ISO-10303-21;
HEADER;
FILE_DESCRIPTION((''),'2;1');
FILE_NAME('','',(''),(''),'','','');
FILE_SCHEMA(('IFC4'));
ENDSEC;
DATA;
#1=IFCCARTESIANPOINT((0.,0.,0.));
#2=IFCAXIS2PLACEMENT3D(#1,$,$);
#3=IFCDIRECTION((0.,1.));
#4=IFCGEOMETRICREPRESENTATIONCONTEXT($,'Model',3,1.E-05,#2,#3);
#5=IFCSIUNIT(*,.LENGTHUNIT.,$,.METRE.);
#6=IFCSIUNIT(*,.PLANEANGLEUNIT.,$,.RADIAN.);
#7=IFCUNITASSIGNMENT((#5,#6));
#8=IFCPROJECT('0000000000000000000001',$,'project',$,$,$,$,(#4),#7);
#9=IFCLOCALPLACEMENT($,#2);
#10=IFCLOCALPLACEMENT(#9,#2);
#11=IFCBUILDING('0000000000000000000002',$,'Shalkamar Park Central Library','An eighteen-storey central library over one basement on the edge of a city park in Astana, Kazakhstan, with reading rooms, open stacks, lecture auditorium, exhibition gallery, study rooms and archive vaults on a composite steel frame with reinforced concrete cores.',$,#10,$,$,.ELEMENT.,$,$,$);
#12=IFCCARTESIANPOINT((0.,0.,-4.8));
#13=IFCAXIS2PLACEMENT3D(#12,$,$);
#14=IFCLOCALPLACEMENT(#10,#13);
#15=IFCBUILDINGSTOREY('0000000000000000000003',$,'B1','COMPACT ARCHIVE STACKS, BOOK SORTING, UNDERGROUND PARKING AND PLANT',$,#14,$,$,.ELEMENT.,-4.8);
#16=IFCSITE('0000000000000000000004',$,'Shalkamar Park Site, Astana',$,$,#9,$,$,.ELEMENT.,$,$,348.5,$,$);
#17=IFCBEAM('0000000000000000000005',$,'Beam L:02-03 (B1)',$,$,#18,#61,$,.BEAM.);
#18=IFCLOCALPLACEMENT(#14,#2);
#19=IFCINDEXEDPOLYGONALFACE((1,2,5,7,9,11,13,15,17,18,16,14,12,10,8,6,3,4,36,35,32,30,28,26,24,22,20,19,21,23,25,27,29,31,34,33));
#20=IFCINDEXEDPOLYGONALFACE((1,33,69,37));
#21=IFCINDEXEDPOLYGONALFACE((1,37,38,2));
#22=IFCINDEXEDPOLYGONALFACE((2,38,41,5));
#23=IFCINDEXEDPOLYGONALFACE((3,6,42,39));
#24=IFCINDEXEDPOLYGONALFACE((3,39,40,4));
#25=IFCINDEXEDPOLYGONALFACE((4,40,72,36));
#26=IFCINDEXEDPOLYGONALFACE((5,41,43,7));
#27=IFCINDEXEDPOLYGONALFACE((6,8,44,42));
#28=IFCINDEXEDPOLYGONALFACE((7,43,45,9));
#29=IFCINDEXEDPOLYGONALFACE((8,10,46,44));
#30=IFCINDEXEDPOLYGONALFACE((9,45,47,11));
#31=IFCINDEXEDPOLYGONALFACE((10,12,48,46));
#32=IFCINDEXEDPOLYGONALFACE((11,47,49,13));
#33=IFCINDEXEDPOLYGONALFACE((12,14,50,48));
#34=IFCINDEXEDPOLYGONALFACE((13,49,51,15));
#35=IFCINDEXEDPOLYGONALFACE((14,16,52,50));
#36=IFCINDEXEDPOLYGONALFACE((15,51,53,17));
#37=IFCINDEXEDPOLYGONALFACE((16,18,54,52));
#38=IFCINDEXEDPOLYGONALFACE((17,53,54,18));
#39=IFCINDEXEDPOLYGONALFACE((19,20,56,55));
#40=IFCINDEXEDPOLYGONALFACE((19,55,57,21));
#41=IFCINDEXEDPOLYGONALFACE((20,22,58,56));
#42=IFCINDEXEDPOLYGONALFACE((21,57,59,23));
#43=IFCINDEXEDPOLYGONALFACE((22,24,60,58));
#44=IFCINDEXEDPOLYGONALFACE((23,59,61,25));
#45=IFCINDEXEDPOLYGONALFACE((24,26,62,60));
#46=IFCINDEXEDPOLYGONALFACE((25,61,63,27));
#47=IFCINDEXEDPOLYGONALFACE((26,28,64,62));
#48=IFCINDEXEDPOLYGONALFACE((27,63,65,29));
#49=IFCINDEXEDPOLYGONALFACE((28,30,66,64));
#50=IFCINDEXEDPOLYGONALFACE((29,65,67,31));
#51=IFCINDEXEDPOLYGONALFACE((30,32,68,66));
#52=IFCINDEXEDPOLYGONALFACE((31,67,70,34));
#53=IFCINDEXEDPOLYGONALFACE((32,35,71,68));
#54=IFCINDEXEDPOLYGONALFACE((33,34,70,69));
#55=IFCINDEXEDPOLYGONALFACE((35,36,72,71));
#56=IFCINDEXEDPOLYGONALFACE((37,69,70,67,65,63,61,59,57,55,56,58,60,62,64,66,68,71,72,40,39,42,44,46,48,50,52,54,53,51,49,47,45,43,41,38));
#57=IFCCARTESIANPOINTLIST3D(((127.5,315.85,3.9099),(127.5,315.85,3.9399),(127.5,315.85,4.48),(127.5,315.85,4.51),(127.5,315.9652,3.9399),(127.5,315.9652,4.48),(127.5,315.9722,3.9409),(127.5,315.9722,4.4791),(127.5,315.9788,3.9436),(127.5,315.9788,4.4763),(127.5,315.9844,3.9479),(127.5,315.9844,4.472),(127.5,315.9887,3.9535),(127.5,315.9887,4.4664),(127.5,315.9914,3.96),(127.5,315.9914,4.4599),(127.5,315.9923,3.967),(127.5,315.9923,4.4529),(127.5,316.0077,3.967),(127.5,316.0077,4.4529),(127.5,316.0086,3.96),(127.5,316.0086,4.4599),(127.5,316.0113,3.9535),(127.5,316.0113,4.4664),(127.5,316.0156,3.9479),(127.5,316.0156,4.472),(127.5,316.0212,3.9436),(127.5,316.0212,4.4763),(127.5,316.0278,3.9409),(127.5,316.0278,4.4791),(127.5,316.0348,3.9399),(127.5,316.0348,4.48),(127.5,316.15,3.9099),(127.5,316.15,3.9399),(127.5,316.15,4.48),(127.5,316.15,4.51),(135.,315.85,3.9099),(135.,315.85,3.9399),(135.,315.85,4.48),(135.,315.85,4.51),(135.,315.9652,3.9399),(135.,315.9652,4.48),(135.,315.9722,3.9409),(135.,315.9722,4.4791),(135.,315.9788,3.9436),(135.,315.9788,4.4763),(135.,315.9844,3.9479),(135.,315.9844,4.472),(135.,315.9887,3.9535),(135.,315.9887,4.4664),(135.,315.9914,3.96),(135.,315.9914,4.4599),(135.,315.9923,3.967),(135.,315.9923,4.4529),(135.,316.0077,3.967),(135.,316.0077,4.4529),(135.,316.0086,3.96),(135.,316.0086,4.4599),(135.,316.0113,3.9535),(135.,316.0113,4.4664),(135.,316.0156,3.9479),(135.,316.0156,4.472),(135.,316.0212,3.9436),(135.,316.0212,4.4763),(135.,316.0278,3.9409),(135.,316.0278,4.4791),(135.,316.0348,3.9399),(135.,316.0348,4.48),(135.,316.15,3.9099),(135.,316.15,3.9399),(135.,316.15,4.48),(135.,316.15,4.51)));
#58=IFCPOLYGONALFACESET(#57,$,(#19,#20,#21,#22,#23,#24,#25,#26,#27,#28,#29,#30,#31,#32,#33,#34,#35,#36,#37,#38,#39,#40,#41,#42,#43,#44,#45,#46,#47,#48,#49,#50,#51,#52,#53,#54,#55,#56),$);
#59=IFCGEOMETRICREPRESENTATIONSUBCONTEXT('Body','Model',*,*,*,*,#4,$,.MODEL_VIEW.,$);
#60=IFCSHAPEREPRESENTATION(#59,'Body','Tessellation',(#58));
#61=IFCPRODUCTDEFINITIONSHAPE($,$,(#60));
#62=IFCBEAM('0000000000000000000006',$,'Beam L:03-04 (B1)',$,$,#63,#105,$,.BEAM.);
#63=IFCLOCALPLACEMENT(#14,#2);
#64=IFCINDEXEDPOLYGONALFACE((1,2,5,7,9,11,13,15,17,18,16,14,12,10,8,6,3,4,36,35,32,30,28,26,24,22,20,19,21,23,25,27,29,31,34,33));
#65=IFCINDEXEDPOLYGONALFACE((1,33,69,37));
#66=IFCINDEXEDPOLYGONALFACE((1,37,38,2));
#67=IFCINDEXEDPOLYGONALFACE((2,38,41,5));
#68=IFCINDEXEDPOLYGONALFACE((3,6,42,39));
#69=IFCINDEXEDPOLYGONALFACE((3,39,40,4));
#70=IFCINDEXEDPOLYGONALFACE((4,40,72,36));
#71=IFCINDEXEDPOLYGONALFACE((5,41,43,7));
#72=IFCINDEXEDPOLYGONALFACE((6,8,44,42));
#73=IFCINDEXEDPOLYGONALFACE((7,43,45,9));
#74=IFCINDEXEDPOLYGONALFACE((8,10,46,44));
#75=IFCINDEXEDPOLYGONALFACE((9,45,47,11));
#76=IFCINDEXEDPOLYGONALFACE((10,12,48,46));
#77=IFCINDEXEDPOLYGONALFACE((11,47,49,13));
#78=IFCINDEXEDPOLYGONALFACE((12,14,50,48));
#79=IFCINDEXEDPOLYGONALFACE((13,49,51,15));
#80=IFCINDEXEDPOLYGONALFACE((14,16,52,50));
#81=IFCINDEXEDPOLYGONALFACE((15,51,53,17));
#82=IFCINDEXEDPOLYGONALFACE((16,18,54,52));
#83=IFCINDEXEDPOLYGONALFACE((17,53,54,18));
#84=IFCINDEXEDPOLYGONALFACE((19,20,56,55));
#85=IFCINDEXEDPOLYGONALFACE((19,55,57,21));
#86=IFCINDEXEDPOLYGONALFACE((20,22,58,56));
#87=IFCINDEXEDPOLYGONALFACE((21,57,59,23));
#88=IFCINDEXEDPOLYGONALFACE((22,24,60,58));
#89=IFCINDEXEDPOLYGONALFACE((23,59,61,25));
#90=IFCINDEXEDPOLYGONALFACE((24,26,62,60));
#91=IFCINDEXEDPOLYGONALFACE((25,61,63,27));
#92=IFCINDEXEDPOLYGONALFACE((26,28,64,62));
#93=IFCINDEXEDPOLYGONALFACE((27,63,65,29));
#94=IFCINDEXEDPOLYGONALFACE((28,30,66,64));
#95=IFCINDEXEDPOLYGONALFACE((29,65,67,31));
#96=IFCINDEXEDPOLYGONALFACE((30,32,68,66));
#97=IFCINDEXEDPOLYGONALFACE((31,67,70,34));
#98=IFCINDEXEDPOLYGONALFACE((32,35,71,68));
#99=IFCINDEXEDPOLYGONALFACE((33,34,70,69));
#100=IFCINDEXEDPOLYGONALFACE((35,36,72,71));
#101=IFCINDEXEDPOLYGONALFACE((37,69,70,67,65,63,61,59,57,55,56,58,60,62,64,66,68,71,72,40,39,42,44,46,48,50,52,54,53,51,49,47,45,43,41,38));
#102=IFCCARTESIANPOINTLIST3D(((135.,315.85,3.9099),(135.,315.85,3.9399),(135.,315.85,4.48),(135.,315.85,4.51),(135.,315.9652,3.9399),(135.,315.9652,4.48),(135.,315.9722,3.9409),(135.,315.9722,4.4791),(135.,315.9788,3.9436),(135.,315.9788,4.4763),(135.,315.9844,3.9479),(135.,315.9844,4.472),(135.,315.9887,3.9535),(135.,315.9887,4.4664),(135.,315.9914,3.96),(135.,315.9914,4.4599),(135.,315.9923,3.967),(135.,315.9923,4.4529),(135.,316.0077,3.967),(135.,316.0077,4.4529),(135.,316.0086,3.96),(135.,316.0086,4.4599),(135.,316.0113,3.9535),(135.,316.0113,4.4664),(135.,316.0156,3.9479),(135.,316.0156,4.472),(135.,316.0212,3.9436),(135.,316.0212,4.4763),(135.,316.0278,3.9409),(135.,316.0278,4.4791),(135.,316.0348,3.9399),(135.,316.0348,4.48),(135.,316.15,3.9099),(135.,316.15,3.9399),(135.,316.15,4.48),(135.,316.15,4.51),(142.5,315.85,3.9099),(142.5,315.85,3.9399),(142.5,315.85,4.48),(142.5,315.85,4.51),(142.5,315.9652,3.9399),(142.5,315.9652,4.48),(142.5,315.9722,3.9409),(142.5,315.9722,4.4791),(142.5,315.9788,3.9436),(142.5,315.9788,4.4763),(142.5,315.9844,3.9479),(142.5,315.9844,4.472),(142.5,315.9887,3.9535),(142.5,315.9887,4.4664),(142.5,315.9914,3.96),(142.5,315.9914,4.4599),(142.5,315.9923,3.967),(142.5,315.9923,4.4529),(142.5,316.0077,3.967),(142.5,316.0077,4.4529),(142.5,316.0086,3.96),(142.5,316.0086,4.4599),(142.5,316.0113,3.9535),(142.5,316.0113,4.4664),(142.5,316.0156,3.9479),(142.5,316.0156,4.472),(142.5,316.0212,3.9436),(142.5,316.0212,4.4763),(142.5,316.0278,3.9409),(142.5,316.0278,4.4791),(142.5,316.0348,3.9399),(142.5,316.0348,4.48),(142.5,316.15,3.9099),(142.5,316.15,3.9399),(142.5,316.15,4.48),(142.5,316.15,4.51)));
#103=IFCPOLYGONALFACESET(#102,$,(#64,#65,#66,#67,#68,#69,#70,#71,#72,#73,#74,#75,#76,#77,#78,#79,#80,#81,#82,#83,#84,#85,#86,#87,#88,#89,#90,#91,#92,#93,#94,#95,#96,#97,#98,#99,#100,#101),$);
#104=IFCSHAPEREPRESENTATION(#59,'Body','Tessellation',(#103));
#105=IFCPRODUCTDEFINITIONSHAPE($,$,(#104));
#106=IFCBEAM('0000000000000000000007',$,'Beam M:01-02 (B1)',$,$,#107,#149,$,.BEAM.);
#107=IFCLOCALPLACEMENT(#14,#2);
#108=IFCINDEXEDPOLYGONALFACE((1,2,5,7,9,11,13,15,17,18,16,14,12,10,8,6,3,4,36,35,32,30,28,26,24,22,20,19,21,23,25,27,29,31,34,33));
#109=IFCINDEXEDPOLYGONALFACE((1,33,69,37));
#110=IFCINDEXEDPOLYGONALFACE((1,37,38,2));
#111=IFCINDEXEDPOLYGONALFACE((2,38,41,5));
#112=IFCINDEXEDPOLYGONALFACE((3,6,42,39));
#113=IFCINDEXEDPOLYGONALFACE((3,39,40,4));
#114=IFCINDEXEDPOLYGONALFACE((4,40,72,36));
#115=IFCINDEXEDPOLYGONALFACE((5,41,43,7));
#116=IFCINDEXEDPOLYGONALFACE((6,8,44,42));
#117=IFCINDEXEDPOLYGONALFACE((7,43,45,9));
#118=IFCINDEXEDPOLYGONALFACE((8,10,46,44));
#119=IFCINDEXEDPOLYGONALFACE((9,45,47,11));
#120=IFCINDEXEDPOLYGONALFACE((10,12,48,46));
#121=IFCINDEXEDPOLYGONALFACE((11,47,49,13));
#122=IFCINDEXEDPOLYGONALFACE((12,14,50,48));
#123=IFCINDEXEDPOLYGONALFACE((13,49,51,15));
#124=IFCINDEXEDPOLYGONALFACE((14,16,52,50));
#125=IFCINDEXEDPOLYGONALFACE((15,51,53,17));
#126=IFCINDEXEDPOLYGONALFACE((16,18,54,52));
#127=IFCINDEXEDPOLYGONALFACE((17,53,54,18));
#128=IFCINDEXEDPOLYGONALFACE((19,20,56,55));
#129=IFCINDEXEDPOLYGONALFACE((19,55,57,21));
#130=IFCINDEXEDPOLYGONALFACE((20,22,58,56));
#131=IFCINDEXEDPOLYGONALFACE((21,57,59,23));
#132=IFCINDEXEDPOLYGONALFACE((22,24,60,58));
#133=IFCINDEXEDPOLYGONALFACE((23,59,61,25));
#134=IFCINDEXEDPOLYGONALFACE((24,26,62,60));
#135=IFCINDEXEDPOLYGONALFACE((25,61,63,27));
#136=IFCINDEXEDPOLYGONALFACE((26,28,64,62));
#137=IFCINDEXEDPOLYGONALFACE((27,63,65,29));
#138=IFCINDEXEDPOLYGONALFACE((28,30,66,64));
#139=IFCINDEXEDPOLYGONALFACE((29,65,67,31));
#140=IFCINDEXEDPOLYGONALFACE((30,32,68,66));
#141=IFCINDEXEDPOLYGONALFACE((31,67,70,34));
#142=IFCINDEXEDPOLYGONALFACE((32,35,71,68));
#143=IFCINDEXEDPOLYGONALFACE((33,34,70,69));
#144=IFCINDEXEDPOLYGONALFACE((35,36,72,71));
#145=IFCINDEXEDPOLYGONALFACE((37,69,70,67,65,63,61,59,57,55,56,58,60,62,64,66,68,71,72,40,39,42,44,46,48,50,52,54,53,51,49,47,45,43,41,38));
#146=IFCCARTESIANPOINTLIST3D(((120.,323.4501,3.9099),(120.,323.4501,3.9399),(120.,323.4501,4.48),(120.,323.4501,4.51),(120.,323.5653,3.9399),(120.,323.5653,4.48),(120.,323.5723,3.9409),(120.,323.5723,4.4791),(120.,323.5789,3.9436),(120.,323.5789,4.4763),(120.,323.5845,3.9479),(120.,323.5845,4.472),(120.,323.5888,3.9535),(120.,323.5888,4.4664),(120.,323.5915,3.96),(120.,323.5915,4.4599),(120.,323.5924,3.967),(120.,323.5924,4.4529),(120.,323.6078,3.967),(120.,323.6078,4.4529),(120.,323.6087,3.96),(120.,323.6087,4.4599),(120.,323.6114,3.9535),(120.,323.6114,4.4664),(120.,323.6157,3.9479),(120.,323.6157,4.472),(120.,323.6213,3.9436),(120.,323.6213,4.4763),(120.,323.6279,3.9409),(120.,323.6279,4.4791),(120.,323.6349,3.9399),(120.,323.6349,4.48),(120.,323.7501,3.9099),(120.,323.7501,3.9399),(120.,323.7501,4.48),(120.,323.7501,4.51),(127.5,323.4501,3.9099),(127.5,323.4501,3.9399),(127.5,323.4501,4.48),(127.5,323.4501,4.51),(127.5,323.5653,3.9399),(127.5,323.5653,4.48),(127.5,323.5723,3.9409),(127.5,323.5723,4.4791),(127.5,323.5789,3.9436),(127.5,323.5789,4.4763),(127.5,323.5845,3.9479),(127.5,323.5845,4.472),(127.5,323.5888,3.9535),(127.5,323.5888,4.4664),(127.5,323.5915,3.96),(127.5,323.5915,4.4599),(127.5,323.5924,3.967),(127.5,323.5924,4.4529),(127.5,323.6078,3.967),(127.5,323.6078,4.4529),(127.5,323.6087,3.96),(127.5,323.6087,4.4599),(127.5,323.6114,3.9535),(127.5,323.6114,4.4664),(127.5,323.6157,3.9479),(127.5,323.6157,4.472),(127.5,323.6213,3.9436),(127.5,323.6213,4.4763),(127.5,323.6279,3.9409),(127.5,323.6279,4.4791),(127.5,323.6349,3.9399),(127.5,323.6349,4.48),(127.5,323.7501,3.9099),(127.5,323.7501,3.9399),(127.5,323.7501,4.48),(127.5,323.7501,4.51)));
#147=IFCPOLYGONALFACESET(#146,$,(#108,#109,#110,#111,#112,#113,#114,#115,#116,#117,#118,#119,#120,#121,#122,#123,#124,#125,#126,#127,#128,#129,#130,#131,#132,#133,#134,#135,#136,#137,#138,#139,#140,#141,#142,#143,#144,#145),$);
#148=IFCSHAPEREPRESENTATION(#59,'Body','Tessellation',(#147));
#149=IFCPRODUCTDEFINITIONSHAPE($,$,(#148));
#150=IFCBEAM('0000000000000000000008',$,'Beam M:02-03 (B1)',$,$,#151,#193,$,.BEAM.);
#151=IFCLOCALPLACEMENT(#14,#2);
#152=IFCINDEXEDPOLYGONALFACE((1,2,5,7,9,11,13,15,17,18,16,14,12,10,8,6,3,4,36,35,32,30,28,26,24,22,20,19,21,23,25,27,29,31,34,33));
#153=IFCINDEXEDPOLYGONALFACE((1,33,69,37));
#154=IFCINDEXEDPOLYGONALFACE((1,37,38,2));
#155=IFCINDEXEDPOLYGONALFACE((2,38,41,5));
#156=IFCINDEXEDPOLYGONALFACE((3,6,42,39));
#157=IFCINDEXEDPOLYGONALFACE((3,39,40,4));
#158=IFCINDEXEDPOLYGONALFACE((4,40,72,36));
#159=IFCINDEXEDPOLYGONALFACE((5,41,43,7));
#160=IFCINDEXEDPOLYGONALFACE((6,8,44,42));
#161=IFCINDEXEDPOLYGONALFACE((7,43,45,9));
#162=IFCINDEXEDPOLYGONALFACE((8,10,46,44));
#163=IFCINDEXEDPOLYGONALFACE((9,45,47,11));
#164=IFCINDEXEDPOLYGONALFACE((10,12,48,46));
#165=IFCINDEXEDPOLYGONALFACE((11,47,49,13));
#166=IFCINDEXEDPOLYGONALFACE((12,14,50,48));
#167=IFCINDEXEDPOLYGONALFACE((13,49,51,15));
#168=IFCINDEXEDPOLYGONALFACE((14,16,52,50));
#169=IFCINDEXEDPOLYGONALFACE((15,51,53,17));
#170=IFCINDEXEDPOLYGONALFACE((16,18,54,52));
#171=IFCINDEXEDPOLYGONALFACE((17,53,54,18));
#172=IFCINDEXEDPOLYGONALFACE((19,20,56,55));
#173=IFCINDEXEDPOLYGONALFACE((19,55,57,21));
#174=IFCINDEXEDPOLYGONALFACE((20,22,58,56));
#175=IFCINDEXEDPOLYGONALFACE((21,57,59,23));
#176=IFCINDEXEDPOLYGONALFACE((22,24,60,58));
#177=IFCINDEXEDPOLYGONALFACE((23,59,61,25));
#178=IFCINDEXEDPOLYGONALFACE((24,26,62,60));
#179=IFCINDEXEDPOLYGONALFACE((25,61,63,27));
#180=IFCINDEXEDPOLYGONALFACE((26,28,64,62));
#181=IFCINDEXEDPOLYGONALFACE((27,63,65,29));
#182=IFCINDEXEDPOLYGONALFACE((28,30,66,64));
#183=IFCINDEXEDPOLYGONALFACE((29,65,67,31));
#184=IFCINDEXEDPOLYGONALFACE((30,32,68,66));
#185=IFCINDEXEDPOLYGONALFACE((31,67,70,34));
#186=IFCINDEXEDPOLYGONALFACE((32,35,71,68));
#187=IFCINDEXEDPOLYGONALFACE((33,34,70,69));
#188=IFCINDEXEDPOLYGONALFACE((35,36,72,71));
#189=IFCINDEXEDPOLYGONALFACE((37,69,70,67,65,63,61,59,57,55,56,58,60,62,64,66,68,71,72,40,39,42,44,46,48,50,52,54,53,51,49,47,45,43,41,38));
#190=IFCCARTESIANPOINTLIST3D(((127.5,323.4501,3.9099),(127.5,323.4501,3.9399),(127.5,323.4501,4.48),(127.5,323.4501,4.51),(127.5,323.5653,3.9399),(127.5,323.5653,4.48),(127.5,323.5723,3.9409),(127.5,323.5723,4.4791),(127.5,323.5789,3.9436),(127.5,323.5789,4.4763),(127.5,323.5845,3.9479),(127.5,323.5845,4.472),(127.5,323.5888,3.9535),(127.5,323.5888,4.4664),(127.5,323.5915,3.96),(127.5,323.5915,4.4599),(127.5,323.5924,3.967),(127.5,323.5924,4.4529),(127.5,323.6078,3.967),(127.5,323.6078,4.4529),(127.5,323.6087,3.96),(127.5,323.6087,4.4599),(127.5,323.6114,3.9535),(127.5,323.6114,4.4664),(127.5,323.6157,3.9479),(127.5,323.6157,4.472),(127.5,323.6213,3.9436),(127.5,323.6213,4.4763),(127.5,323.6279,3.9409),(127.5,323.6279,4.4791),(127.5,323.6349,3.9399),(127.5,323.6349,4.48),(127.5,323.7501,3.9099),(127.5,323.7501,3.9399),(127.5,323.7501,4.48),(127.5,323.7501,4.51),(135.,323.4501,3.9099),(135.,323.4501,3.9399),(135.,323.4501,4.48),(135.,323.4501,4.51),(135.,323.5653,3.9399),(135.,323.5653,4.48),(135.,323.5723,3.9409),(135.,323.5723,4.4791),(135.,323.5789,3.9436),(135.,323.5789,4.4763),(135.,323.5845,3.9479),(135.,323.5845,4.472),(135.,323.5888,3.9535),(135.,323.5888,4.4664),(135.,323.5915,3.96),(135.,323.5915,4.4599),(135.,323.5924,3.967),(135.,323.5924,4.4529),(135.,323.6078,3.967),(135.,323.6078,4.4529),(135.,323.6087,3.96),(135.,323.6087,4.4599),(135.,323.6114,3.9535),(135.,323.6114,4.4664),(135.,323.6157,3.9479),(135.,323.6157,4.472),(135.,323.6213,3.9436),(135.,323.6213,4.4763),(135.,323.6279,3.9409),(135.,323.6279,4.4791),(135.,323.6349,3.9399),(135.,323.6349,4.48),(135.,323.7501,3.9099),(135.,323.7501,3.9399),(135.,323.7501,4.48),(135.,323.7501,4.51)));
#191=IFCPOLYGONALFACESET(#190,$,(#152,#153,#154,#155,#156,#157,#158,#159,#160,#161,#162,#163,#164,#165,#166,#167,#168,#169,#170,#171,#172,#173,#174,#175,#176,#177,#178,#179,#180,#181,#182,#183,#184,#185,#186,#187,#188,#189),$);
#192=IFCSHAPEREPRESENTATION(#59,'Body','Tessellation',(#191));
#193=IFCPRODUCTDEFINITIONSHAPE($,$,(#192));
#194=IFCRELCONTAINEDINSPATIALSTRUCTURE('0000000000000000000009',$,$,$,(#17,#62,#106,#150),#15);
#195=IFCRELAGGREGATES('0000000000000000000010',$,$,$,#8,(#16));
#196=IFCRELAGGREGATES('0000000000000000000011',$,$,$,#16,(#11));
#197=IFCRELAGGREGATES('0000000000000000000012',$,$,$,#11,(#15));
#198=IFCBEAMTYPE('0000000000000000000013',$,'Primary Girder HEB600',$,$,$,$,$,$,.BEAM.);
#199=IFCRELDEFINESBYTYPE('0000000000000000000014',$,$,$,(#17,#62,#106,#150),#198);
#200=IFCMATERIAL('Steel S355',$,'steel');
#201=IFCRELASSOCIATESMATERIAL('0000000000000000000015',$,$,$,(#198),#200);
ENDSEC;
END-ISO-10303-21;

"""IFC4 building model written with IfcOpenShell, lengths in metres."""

from ifc_helpers import new_model, si_unit, direction, frame, origin, origin_2d, place, context, subcontext, project, spatial, i_section, extrude, material, material_profile, profile_set, type_object, element, save


model = new_model("IFC4")

# Units and contexts
model_context = context("Model", 3, precision=1e-05, world=origin(), true_north=direction((0.0, 1.0)))
body_context = subcontext(model_context, "Body", "Model", "MODEL_VIEW")
ifc_project = project(units=[si_unit("LENGTHUNIT", "METRE"), si_unit("PLANEANGLEUNIT", "RADIAN")], contexts=[model_context])

# Site, building, storey
site_placement = place(None, origin())
site = spatial("IfcSite", under=ifc_project, at=site_placement, Name="Shalkamar Park Site, Astana", CompositionType="ELEMENT", RefElevation=348.5)
building_placement = place(site_placement, origin())
building = spatial("IfcBuilding", under=site, at=building_placement, Name="Shalkamar Park Central Library", Description="An eighteen-storey central library over one basement on the edge of a city park in Astana, Kazakhstan, with reading rooms, open stacks, lecture auditorium, exhibition gallery, study rooms and archive vaults on a composite steel frame with reinforced concrete cores.", CompositionType="ELEMENT")
storey_placement = place(building_placement, frame((0.0, 0.0, -4.8)))
storey = spatial("IfcBuildingStorey", under=building, at=storey_placement, Name="B1", Description="COMPACT ARCHIVE STACKS, BOOK SORTING, UNDERGROUND PARKING AND PLANT", CompositionType="ELEMENT", Elevation=-4.8)

# Shared definitions
ifc_material_1 = material(Name="Steel S355", Category="steel")

# Beams
ifc_material_profile_1 = material_profile(ifc_material_1, i_section(OverallWidth=0.3, OverallDepth=0.6001, WebThickness=0.0154, FlangeThickness=0.03, FilletRadius=0.0271, at=origin_2d()), Name="HEB 600")
ifc_profile_set_1 = profile_set([ifc_material_profile_1], Name="Steel S355")
beam_type = type_object("IfcBeamType", Name="Primary Girder HEB600", PredefinedType="BEAM", material=ifc_profile_set_1)
for number, where, z_axis, x_axis, name in (
    (1, (127.5, 316.0, 4.21), (1.0, 0.0, 0.0), (0.0, 1.0, 0.0), "Beam L:02-03 (B1)"),
    (2, (135.0, 316.0, 4.21), (1.0, 0.0, 0.0), (0.0, 1.0, 0.0), "Beam L:03-04 (B1)"),
    (3, (120.0, 323.6001, 4.21), (1.0, 0.0, 0.0), (0.0, 1.0, 0.0), "Beam M:01-02 (B1)"),
    (4, (127.5, 323.6001, 4.21), (1.0, 0.0, 0.0), (0.0, 1.0, 0.0), "Beam M:02-03 (B1)"),
):
    element("IfcBeam", number, at=place(storey_placement, frame(where, z_axis=z_axis, x_axis=x_axis)), inside=storey, type_object=beam_type, Name=name, PredefinedType="BEAM", context=body_context, shape_type="SweptSolid", body=[
        extrude(i_section(OverallWidth=0.3, OverallDepth=0.6001, WebThickness=0.0154, FlangeThickness=0.03, FilletRadius=0.0271, at=origin_2d()), origin(), (0.0, 0.0, 1.0), 7.5),
    ])

save(model, "model.ifc")
